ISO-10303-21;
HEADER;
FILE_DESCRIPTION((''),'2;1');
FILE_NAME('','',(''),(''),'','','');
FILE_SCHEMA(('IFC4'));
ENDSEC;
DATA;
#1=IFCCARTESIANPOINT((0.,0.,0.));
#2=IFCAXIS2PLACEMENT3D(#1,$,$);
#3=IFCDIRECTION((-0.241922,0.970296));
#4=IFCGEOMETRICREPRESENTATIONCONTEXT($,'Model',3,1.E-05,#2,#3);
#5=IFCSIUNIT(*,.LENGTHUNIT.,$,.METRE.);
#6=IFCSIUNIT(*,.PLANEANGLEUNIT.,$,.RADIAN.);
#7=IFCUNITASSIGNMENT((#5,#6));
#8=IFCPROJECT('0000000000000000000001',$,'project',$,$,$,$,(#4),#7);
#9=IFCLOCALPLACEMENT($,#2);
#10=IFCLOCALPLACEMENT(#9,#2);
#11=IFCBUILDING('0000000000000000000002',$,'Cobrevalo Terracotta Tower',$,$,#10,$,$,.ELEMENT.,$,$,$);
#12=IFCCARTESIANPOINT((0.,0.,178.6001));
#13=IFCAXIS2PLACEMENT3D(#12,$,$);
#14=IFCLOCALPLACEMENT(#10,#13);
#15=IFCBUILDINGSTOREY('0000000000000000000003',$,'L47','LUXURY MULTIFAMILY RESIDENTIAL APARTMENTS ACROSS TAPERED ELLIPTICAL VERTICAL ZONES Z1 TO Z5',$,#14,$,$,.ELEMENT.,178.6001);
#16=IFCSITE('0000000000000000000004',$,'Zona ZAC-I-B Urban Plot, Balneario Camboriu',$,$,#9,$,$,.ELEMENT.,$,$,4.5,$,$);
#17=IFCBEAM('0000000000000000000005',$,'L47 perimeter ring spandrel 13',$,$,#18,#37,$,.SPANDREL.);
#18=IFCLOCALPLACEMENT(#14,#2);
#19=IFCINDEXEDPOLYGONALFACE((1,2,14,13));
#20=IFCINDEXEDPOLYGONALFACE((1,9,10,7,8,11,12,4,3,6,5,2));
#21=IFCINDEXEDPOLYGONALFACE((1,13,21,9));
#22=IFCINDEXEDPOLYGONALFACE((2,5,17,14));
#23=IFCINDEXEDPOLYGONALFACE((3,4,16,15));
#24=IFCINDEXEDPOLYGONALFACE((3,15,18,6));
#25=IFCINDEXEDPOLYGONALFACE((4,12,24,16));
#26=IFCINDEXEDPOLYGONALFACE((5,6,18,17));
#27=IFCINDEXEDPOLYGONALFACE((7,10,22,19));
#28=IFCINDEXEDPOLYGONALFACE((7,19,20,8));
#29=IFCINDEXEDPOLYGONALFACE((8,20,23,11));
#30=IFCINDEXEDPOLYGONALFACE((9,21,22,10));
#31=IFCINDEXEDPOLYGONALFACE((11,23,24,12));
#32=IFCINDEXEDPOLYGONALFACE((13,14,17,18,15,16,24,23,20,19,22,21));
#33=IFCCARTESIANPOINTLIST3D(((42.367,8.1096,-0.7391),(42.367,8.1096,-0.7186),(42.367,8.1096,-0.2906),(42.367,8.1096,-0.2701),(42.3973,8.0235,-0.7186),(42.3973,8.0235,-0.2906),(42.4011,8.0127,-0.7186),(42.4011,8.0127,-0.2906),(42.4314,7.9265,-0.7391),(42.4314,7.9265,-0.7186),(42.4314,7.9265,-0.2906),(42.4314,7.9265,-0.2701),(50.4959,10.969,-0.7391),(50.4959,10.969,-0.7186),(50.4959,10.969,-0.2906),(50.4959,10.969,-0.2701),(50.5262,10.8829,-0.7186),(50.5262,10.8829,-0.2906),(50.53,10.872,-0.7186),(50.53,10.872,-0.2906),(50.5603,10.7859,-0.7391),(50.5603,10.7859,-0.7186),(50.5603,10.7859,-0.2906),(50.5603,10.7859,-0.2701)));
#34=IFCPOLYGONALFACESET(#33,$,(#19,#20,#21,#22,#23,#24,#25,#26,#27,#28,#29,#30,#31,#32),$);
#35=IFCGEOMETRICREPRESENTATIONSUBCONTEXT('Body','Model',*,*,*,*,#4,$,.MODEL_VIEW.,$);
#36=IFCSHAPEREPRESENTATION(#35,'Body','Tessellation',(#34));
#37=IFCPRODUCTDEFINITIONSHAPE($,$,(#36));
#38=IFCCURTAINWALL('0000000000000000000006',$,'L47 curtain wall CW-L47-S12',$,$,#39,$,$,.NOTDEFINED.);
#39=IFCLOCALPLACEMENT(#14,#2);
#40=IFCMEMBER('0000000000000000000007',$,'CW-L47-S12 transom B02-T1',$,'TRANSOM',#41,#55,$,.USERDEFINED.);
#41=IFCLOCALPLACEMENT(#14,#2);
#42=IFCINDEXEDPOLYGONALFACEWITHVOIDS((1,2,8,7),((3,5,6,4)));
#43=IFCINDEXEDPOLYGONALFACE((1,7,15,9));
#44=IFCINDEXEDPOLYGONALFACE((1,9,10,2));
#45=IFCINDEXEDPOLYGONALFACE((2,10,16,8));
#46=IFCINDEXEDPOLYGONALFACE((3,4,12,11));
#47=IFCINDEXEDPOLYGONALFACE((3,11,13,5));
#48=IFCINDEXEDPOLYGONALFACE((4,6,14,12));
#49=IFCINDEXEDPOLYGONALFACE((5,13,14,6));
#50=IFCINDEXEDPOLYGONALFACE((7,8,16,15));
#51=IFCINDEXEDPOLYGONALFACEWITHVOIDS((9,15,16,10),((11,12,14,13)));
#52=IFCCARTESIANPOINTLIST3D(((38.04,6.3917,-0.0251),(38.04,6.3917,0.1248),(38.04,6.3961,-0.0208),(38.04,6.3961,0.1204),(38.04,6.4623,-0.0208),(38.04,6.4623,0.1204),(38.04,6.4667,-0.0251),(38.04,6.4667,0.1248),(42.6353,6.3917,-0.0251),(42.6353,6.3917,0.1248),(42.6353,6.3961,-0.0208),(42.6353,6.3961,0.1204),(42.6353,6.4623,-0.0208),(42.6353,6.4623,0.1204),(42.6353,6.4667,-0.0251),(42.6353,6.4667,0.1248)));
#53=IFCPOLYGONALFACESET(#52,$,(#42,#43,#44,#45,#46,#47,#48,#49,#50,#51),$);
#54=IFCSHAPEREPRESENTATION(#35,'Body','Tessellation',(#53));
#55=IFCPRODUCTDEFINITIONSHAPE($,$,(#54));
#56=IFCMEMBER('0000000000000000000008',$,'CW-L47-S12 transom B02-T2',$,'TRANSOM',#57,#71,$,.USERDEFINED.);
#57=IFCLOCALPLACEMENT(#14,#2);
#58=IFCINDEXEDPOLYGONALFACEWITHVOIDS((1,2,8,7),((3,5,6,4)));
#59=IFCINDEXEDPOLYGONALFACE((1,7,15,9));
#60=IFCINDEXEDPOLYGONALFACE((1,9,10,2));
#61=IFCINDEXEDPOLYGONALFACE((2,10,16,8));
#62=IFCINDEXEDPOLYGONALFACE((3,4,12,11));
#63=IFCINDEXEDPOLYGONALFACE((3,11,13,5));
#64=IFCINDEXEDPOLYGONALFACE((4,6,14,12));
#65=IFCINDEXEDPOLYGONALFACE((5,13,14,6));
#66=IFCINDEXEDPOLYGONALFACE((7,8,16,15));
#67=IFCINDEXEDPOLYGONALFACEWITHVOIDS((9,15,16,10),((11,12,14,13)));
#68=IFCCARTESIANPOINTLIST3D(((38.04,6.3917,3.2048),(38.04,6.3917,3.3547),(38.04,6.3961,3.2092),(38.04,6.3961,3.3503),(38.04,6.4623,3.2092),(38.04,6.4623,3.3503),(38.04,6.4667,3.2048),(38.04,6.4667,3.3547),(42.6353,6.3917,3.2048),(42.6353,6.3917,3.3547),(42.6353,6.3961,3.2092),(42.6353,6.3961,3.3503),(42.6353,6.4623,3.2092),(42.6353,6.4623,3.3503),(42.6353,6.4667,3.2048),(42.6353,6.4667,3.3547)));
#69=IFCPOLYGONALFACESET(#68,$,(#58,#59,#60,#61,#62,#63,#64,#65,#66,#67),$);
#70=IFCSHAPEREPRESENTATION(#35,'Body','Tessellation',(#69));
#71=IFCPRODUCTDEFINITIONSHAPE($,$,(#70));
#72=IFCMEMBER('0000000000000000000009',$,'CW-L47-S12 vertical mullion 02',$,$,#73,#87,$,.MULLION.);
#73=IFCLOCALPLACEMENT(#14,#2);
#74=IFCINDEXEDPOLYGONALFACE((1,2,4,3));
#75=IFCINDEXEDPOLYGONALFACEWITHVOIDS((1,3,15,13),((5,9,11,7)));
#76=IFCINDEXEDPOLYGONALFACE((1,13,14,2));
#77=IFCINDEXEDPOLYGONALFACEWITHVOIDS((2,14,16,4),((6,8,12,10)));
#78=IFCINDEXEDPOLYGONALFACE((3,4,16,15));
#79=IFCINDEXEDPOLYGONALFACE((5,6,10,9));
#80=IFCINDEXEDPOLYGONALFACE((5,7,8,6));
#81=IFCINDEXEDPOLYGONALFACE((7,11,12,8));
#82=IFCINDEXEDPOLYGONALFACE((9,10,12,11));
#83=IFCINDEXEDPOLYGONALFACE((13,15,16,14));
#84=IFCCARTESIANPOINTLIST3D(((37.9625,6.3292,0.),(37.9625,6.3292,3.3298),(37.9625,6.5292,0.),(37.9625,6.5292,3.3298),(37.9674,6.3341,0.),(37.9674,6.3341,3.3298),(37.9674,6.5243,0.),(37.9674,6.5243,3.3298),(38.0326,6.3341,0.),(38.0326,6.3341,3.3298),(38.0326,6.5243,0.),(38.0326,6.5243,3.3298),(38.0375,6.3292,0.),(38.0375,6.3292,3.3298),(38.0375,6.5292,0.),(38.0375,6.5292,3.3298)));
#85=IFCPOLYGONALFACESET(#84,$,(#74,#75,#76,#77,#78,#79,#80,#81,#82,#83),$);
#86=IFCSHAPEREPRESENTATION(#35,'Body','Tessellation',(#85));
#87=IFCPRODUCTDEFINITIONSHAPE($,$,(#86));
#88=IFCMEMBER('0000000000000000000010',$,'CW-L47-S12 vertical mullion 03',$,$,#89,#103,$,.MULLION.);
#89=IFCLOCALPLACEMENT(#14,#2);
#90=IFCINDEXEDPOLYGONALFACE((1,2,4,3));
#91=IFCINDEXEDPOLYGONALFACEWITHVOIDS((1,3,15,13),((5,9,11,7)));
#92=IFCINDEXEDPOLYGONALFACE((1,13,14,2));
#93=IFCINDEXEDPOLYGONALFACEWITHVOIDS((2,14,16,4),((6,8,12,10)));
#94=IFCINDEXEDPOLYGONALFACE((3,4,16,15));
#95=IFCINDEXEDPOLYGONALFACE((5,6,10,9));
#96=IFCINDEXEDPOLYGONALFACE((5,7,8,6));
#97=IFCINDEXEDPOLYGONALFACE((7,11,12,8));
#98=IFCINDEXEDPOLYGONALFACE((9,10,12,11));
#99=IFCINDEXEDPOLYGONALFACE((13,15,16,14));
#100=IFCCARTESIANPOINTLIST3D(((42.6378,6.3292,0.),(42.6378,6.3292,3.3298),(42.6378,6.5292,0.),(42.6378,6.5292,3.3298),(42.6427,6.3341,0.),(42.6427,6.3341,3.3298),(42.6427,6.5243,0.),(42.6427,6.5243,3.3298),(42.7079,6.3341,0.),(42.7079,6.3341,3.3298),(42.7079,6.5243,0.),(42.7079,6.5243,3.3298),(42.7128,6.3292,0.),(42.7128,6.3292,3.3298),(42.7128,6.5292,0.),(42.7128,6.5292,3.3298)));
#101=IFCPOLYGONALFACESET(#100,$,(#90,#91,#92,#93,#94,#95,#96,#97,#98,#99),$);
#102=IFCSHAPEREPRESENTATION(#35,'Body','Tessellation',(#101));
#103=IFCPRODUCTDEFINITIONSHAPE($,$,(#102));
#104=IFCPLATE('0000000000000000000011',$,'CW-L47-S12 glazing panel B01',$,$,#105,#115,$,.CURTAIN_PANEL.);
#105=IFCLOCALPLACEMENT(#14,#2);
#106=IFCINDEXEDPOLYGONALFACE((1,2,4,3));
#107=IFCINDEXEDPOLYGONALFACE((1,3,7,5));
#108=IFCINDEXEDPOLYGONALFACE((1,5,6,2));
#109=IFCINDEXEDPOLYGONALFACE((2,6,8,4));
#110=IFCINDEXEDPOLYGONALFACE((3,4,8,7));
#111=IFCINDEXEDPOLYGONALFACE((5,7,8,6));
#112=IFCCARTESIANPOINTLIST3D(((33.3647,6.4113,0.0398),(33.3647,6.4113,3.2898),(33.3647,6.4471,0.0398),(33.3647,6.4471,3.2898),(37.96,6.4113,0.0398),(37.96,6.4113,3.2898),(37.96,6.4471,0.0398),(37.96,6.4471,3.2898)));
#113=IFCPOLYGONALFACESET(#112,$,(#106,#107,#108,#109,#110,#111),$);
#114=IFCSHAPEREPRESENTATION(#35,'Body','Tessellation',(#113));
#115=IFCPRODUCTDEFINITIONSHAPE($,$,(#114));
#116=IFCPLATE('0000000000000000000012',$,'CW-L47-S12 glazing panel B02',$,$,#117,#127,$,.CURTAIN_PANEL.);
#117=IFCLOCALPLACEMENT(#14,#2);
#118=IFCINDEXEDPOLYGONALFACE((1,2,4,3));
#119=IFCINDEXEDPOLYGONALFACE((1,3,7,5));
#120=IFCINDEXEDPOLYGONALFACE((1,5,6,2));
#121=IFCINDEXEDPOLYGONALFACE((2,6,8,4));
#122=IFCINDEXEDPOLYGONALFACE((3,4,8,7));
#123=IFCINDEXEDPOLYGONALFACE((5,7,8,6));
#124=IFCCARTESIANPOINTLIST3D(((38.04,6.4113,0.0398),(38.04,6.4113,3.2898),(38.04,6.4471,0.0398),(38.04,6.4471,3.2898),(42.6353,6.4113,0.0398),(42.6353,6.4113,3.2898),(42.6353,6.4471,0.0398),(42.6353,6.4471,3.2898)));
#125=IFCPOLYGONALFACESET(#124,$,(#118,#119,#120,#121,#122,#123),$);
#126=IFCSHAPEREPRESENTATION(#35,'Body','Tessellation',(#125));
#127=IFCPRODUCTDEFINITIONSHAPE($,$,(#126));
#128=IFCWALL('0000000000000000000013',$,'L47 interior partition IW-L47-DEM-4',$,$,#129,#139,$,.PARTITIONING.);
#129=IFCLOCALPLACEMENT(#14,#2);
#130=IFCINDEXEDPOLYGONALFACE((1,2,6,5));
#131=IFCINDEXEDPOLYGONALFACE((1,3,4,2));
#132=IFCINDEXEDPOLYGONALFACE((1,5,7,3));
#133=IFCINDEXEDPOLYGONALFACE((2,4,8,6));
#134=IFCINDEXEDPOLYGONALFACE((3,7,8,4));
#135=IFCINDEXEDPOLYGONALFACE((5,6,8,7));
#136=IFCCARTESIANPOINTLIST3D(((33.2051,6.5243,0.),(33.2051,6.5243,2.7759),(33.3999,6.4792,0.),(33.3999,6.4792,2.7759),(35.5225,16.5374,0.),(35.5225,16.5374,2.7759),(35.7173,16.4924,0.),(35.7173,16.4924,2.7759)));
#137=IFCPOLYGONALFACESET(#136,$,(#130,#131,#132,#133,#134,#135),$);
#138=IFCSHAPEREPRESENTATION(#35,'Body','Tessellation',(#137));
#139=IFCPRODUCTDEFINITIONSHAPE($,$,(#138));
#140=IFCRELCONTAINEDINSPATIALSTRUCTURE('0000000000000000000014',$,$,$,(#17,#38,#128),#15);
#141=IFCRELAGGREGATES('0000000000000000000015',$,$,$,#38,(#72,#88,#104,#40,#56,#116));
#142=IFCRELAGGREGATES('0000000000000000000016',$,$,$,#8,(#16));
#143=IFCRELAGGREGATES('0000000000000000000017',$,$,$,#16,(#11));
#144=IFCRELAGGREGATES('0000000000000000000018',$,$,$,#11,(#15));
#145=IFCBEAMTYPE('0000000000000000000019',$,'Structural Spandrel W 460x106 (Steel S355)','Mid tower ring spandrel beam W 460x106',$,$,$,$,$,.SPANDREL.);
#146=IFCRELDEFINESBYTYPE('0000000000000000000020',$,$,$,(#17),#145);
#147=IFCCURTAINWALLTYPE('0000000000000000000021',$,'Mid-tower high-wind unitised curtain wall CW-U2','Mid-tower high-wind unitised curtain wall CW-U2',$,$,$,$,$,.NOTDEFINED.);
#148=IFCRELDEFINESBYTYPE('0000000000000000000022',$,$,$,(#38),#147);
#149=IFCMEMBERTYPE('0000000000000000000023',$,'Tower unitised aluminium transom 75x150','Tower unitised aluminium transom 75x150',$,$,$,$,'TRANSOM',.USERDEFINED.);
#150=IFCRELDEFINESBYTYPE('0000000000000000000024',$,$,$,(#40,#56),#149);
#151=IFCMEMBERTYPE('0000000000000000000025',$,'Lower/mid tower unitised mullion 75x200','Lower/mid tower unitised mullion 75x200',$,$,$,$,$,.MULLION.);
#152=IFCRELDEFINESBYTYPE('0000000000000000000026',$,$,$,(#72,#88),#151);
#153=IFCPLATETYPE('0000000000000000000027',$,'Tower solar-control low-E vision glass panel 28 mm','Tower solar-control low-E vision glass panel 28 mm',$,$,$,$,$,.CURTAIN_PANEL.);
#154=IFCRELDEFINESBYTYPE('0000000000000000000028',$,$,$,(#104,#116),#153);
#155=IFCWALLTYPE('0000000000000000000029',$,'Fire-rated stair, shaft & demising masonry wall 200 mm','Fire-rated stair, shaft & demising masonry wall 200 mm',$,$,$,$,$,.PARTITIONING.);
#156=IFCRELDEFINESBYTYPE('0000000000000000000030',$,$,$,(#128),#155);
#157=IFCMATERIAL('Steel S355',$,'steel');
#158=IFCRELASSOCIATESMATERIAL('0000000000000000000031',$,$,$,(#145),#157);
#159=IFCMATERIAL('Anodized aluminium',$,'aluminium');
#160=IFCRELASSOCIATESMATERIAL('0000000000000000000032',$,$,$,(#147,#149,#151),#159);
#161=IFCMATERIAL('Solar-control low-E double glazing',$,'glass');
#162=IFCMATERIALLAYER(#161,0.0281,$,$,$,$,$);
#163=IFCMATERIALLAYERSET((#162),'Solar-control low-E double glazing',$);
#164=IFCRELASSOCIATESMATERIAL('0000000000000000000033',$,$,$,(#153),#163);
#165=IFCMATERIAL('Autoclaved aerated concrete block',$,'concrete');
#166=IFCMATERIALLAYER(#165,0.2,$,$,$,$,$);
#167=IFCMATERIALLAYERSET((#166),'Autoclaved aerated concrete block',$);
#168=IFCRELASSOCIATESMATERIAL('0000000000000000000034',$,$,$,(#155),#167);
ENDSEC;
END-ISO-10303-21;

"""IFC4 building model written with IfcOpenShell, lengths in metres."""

from ifc_helpers import new_model, si_unit, direction, frame, frame_2d, origin, origin_2d, place, context, subcontext, project, spatial, rectangle, hollow_rectangle, i_section, extrude, source, transform, mapped, material, layer, layer_set, material_profile, profile_set, type_object, element, aggregate, save


model = new_model("IFC4")

# Units and contexts
model_context = context("Model", 3, precision=1e-05, world=origin(), true_north=direction((-0.241922, 0.970296)))
body_context = subcontext(model_context, "Body", "Model", "MODEL_VIEW")
ifc_project = project(units=[si_unit("LENGTHUNIT", "METRE"), si_unit("PLANEANGLEUNIT", "RADIAN")], contexts=[model_context])

# Site, building, storey
site_placement = place(None, origin())
site = spatial("IfcSite", under=ifc_project, at=site_placement, Name="Zona ZAC-I-B Urban Plot, Balneario Camboriu", CompositionType="ELEMENT", RefElevation=4.5)
building_placement = place(site_placement, origin())
building = spatial("IfcBuilding", under=site, at=building_placement, Name="Cobrevalo Terracotta Tower", CompositionType="ELEMENT")
storey_placement = place(building_placement, frame((0.0, 0.0, 178.6001)))
storey = spatial("IfcBuildingStorey", under=building, at=storey_placement, Name="L47", Description="LUXURY MULTIFAMILY RESIDENTIAL APARTMENTS ACROSS TAPERED ELLIPTICAL VERTICAL ZONES Z1 TO Z5", CompositionType="ELEMENT", Elevation=178.6001)

# Shared definitions
ifc_material_1 = material(Name="Steel S355", Category="steel")

# Beam
ifc_material_profile_1 = material_profile(ifc_material_1, i_section(OverallWidth=0.1941, OverallDepth=0.469, WebThickness=0.0115, FlangeThickness=0.0205, at=origin_2d()), Name="W 460x106")
ifc_profile_set_1 = profile_set([ifc_material_profile_1], Name="Steel S355")
beam_type_1 = type_object("IfcBeamType", Name="Structural Spandrel W 460x106 (Steel S355)", Description="Mid tower ring spandrel beam W 460x106", PredefinedType="SPANDREL", material=ifc_profile_set_1)
beam_1_placement = place(storey_placement, frame((42.3992, 8.0181, -0.5046), z_axis=(0.943341, 0.331824, 0.0), x_axis=(-0.331824, 0.943341, 0.0)))
element("IfcBeam", 1, at=beam_1_placement, inside=storey, type_object=beam_type_1, Name="L47 perimeter ring spandrel 13", PredefinedType="SPANDREL", context=body_context, shape_type="SweptSolid", body=[
    extrude(i_section(OverallWidth=0.1941, OverallDepth=0.469, WebThickness=0.0115, FlangeThickness=0.0205, at=origin_2d()), origin(), (0.0, 0.0, 1.0), 8.6172),
])

# Curtain wall, members, plates
ifc_material_2 = material(Name="Anodized aluminium", Category="aluminium")
curtain_wall_type = type_object("IfcCurtainWallType", Name="Mid-tower high-wind unitised curtain wall CW-U2", Description="Mid-tower high-wind unitised curtain wall CW-U2", PredefinedType="NOTDEFINED", material=ifc_material_2)
curtain_wall_placement = place(storey_placement, origin())
curtain_wall = element("IfcCurtainWall", 2, at=curtain_wall_placement, inside=storey, type_object=curtain_wall_type, Name="L47 curtain wall CW-L47-S12", PredefinedType="NOTDEFINED")
ifc_material_profile_2 = material_profile(ifc_material_2, hollow_rectangle(XDim=0.075, YDim=0.1499, WallThickness=0.0044, at=origin_2d()), Name="CWT 75x150")
ifc_profile_set_2 = profile_set([ifc_material_profile_2], Name="Anodized aluminium")
member_type_1 = type_object("IfcMemberType", Name="Tower unitised aluminium transom 75x150", Description="Tower unitised aluminium transom 75x150", ElementType="TRANSOM", PredefinedType="USERDEFINED", material=ifc_profile_set_2)
shared_shape_1 = source(origin(), body_context, "Body", "SweptSolid", [
    extrude(hollow_rectangle(XDim=0.075, YDim=0.1499, WallThickness=0.0044, at=origin_2d()), origin(), (0.0, 0.0, 1.0), 4.5952),
])
member_1_placement = place(storey_placement, frame((38.04, 6.4292, 0.0498), z_axis=(1.0, 0.0, 0.0), x_axis=(0.0, 1.0, 0.0)))
member_1 = element("IfcMember", 3, at=member_1_placement, type_object=member_type_1, Name="CW-L47-S12 transom B02-T1", ObjectType="TRANSOM", PredefinedType="USERDEFINED", context=body_context, shape_type="MappedRepresentation", body=[
    mapped(shared_shape_1, transform((0.0, 0.0, 0.0), scale=1.0)),
])
member_2_placement = place(storey_placement, frame((38.04, 6.4292, 3.2798), z_axis=(1.0, 0.0, 0.0), x_axis=(0.0, 1.0, 0.0)))
member_2 = element("IfcMember", 4, at=member_2_placement, type_object=member_type_1, Name="CW-L47-S12 transom B02-T2", ObjectType="TRANSOM", PredefinedType="USERDEFINED", context=body_context, shape_type="MappedRepresentation", body=[
    mapped(shared_shape_1, transform((0.0, 0.0, 0.0), scale=1.0)),
])
ifc_material_profile_3 = material_profile(ifc_material_2, hollow_rectangle(XDim=0.075, YDim=0.2, WallThickness=0.0049, at=origin_2d()), Name="CWM 75x200")
ifc_profile_set_3 = profile_set([ifc_material_profile_3], Name="Anodized aluminium")
member_type_2 = type_object("IfcMemberType", Name="Lower/mid tower unitised mullion 75x200", Description="Lower/mid tower unitised mullion 75x200", PredefinedType="MULLION", material=ifc_profile_set_3)
shared_shape_2 = source(origin(), body_context, "Body", "SweptSolid", [
    extrude(hollow_rectangle(XDim=0.075, YDim=0.2, WallThickness=0.0049, at=origin_2d()), origin(), (0.0, 0.0, 1.0), 3.3298),
])
member_3_placement = place(storey_placement, frame((38.0, 6.4292, 0.0), z_axis=(0.0, 0.0, 1.0), x_axis=(1.0, 0.0, 0.0)))
member_3 = element("IfcMember", 5, at=member_3_placement, type_object=member_type_2, Name="CW-L47-S12 vertical mullion 02", PredefinedType="MULLION", context=body_context, shape_type="MappedRepresentation", body=[
    mapped(shared_shape_2, transform((0.0, 0.0, 0.0), scale=1.0)),
])
member_4_placement = place(storey_placement, frame((42.6753, 6.4292, 0.0), z_axis=(0.0, 0.0, 1.0), x_axis=(1.0, 0.0, 0.0)))
member_4 = element("IfcMember", 6, at=member_4_placement, type_object=member_type_2, Name="CW-L47-S12 vertical mullion 03", PredefinedType="MULLION", context=body_context, shape_type="MappedRepresentation", body=[
    mapped(shared_shape_2, transform((0.0, 0.0, 0.0), scale=1.0)),
])
ifc_material_3 = material(Name="Solar-control low-E double glazing", Category="glass")
ifc_layer_1 = layer(ifc_material_3, 0.0281)
ifc_layer_set_1 = layer_set([ifc_layer_1], Name="Solar-control low-E double glazing")
plate_type = type_object("IfcPlateType", Name="Tower solar-control low-E vision glass panel 28 mm", Description="Tower solar-control low-E vision glass panel 28 mm", PredefinedType="CURTAIN_PANEL", material=ifc_layer_set_1)
shared_shape_3 = source(origin(), body_context, "Body", "SweptSolid", [
    extrude(rectangle(XDim=4.5952, YDim=0.0359, at=origin_2d()), origin(), (0.0, 0.0, 1.0), 3.25),
])
plate_1_placement = place(storey_placement, frame((35.6624, 6.4292, 0.0398), z_axis=(0.0, 0.0, 1.0), x_axis=(1.0, 0.0, 0.0)))
plate_1 = element("IfcPlate", 7, at=plate_1_placement, type_object=plate_type, Name="CW-L47-S12 glazing panel B01", PredefinedType="CURTAIN_PANEL", context=body_context, shape_type="MappedRepresentation", body=[
    mapped(shared_shape_3, transform((0.0, 0.0, 0.0), scale=1.0)),
])
plate_2_placement = place(storey_placement, frame((40.3376, 6.4292, 0.0398), z_axis=(0.0, 0.0, 1.0), x_axis=(1.0, 0.0, 0.0)))
plate_2 = element("IfcPlate", 8, at=plate_2_placement, type_object=plate_type, Name="CW-L47-S12 glazing panel B02", PredefinedType="CURTAIN_PANEL", context=body_context, shape_type="MappedRepresentation", body=[
    mapped(shared_shape_3, transform((0.0, 0.0, 0.0), scale=1.0)),
])
aggregate(curtain_wall, [member_3, member_4, plate_1, member_1, member_2, plate_2])

# Wall
ifc_material_4 = material(Name="Autoclaved aerated concrete block", Category="concrete")
ifc_layer_2 = layer(ifc_material_4, 0.2)
ifc_layer_set_2 = layer_set([ifc_layer_2], Name="Autoclaved aerated concrete block")
wall_type_1 = type_object("IfcWallType", Name="Fire-rated stair, shaft & demising masonry wall 200 mm", Description="Fire-rated stair, shaft & demising masonry wall 200 mm", PredefinedType="PARTITIONING", material=ifc_layer_set_2)
wall_1_placement = place(storey_placement, frame((35.6199, 16.5149, 0.0), z_axis=(0.0, 0.0, 1.0), x_axis=(-0.225474, -0.974249, 0.0)))
element("IfcWall", 9, at=wall_1_placement, inside=storey, type_object=wall_type_1, Name="L47 interior partition IW-L47-DEM-4", PredefinedType="PARTITIONING", context=body_context, shape_type="SweptSolid", body=[
    extrude(rectangle(XDim=10.2778, YDim=0.2, at=frame_2d((5.1389, 0.0))), origin(), (0.0, 0.0, 1.0), 2.7759),
])

save(model, "model.ifc")
